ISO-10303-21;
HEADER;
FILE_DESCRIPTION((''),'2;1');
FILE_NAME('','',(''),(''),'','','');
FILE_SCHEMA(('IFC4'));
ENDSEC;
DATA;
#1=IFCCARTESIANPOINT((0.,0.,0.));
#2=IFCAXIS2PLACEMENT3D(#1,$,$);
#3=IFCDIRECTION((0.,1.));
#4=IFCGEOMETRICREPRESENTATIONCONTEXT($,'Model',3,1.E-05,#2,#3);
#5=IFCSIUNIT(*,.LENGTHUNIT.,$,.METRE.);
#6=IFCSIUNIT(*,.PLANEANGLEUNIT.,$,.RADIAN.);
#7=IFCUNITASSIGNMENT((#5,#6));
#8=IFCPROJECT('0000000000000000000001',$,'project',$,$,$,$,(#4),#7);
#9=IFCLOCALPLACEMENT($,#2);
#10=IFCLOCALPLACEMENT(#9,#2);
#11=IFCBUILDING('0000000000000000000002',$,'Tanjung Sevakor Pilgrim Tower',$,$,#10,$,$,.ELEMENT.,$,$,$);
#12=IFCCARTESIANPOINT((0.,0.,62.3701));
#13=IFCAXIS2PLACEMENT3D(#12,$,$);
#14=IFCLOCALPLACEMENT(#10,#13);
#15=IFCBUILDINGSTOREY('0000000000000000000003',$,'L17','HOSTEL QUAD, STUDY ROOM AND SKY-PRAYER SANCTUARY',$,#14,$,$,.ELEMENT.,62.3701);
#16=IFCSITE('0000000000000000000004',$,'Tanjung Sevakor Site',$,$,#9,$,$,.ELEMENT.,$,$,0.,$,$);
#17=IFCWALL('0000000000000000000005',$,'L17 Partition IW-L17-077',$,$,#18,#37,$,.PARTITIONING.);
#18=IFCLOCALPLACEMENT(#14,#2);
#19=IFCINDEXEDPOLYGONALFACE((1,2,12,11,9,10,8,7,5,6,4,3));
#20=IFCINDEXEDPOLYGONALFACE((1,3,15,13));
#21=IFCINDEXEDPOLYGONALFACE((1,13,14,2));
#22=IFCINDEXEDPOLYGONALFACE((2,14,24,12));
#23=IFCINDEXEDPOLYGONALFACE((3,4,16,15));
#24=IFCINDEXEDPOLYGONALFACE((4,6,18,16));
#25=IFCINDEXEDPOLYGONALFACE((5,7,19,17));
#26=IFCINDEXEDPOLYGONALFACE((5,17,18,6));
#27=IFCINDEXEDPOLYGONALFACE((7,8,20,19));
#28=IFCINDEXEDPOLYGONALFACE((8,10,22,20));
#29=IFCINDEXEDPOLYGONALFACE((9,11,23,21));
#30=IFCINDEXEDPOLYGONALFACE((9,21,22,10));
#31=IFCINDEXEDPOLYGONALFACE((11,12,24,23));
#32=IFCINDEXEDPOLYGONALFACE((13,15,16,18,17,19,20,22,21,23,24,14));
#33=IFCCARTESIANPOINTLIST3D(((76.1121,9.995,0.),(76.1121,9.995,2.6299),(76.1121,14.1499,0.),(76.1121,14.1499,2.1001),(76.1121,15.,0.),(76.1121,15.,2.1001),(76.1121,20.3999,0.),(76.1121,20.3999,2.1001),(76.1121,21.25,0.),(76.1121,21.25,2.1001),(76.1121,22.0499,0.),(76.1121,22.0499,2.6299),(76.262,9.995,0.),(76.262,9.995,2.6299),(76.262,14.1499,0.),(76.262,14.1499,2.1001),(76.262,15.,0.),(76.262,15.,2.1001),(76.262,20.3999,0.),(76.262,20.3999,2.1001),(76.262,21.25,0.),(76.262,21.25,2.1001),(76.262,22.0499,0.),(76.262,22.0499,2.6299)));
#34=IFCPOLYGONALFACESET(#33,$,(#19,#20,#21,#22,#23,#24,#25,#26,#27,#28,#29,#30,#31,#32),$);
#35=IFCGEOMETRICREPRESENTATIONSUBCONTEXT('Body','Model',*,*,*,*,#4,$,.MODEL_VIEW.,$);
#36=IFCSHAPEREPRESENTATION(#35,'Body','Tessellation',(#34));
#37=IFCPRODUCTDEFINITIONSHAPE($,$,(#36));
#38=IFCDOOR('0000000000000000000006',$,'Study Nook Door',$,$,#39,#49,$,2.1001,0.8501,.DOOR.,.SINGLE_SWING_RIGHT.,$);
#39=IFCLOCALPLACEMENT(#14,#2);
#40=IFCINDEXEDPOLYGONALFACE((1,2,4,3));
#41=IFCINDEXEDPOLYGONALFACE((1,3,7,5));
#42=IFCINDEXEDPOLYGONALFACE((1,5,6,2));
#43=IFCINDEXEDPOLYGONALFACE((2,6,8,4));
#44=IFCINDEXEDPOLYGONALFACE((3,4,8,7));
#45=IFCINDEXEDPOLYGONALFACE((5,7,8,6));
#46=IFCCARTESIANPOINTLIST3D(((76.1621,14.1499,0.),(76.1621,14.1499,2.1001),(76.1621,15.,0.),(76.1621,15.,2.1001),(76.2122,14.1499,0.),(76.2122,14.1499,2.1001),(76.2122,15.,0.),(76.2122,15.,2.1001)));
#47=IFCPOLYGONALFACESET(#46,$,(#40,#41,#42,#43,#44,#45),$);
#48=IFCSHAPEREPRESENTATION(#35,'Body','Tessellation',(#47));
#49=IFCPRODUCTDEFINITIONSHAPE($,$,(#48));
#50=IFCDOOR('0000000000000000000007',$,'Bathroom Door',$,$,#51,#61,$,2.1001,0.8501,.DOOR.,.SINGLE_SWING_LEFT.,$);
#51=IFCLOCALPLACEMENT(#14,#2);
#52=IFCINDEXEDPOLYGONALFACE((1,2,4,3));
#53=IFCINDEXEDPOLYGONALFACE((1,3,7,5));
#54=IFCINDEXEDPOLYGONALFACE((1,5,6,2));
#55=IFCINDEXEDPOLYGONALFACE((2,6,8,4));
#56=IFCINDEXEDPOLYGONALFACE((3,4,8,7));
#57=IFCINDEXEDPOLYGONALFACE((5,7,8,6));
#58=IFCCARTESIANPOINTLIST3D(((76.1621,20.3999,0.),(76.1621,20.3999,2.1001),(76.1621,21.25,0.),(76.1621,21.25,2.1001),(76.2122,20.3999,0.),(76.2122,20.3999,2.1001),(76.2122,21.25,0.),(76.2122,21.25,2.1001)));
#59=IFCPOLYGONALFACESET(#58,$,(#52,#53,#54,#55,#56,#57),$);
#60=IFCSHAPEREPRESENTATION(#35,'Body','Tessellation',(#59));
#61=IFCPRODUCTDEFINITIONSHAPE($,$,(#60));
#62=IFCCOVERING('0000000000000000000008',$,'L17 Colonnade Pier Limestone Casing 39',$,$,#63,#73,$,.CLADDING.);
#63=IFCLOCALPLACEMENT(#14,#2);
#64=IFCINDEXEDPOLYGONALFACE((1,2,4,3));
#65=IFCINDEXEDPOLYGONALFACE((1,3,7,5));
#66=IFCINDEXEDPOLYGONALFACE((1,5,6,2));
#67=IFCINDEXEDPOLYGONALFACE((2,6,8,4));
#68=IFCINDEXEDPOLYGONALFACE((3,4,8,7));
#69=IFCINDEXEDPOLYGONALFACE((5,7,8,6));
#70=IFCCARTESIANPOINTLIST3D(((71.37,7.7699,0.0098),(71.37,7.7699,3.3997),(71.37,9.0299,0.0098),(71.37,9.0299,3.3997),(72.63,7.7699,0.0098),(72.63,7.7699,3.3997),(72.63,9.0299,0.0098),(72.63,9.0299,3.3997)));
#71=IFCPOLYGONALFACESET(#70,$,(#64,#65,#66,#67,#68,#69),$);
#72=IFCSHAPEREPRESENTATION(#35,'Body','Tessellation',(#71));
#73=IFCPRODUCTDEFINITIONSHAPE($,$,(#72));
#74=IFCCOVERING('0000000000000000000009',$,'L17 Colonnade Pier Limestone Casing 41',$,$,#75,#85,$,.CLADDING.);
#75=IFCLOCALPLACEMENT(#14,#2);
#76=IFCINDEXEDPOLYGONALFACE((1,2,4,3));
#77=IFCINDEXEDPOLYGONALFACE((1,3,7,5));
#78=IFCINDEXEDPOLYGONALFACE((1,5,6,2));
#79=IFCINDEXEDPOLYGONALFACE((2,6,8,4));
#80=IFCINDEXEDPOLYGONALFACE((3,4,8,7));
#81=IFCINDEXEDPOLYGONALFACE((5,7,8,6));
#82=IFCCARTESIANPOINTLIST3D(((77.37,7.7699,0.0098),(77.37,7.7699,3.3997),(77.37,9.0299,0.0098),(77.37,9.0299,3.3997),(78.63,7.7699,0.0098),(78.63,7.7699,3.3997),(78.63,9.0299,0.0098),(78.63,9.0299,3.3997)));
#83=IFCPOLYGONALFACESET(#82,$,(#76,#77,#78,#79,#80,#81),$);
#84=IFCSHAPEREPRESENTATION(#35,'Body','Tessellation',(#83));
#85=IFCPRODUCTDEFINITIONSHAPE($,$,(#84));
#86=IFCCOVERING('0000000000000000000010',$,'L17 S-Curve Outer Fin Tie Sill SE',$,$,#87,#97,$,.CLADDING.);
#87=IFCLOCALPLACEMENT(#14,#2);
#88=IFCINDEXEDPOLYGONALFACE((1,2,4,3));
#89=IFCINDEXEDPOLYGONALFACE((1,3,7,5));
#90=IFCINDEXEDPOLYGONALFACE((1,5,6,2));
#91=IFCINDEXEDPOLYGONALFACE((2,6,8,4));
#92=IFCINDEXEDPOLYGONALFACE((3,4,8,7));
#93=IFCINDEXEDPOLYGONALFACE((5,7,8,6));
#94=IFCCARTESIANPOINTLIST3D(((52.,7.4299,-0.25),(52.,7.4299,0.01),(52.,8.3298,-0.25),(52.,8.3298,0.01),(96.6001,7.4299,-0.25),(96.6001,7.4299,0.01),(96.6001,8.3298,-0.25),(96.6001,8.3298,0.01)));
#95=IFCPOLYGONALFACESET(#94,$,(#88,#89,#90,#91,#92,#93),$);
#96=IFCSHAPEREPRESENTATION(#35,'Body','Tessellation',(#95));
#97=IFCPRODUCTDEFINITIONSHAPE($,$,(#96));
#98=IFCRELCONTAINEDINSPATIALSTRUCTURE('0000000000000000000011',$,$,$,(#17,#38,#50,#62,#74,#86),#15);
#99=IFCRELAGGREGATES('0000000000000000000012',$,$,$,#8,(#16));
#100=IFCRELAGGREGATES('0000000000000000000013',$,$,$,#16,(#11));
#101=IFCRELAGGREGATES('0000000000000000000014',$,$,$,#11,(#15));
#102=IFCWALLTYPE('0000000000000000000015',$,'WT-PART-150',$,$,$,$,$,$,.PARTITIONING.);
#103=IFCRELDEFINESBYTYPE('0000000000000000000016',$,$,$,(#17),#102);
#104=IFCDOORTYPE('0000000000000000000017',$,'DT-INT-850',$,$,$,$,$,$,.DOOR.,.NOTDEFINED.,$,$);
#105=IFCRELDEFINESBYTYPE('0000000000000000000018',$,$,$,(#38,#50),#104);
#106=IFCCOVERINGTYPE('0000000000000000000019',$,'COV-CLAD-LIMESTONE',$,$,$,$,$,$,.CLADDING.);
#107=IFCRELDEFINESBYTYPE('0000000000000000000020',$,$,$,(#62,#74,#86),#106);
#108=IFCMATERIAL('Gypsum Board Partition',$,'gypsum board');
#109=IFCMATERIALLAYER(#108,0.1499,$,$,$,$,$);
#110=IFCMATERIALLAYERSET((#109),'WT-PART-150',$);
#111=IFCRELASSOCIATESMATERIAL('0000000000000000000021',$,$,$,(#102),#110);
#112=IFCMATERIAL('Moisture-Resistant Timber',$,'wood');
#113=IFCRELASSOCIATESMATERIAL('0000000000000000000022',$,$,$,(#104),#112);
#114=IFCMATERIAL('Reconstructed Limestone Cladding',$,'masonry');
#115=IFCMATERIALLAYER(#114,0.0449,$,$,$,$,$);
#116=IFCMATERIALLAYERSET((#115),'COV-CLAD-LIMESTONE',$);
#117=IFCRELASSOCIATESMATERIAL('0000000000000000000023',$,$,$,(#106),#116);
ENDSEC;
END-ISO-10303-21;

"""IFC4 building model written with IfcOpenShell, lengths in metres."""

from ifc_helpers import new_model, si_unit, direction, frame, frame_2d, origin, origin_2d, place, context, subcontext, project, spatial, rectangle, extrude, material, layer, layer_set, type_object, element, fill, save


model = new_model("IFC4")

# Units and contexts
model_context = context("Model", 3, precision=1e-05, world=origin(), true_north=direction((0.0, 1.0)))
body_context = subcontext(model_context, "Body", "Model", "MODEL_VIEW")
ifc_project = project(units=[si_unit("LENGTHUNIT", "METRE"), si_unit("PLANEANGLEUNIT", "RADIAN")], contexts=[model_context])

# Site, building, storey
site_placement = place(None, origin())
site = spatial("IfcSite", under=ifc_project, at=site_placement, Name="Tanjung Sevakor Site", CompositionType="ELEMENT", RefElevation=0.0)
building_placement = place(site_placement, origin())
building = spatial("IfcBuilding", under=site, at=building_placement, Name="Tanjung Sevakor Pilgrim Tower", CompositionType="ELEMENT")
storey_placement = place(building_placement, frame((0.0, 0.0, 62.3701)))
storey = spatial("IfcBuildingStorey", under=building, at=storey_placement, Name="L17", Description="HOSTEL QUAD, STUDY ROOM AND SKY-PRAYER SANCTUARY", CompositionType="ELEMENT", Elevation=62.3701)

# Wall, openings, doors
ifc_material_1 = material(Name="Gypsum Board Partition", Category="gypsum board")
ifc_layer_1 = layer(ifc_material_1, 0.1499)
ifc_layer_set_1 = layer_set([ifc_layer_1], Name="WT-PART-150")
wall_type = type_object("IfcWallType", Name="WT-PART-150", PredefinedType="PARTITIONING", material=ifc_layer_set_1)
wall_placement = place(storey_placement, frame((76.187, 9.9951, 0.0), z_axis=(0.0, 0.0, 1.0), x_axis=(0.0, 1.0, 0.0)))
wall = element("IfcWall", 1, at=wall_placement, inside=storey, type_object=wall_type, Name="L17 Partition IW-L17-077", PredefinedType="PARTITIONING", context=body_context, shape_type="SweptSolid", body=[
    extrude(rectangle(XDim=12.0549, YDim=0.1499, at=frame_2d((6.0273, 0.0))), origin(), (0.0, 0.0, 1.0), 2.6299),
])
opening_1_placement = place(wall_placement, frame((4.1548, 0.0, 0.0)))
opening_1 = element("IfcOpeningElement", 2, at=opening_1_placement, cuts=wall, PredefinedType="OPENING", context=body_context, shape_type="SweptSolid", body=[
    extrude(rectangle(XDim=0.8501, YDim=2.1001, at=frame_2d((0.425, 1.05))), frame((0.0, 0.085, 0.0), z_axis=(0.0, -1.0, 0.0), x_axis=(1.0, 0.0, 0.0)), (0.0, 0.0, 1.0), 0.1699),
])
opening_2_placement = place(wall_placement, frame((10.4048, 0.0, 0.0)))
opening_2 = element("IfcOpeningElement", 3, at=opening_2_placement, cuts=wall, PredefinedType="OPENING", context=body_context, shape_type="SweptSolid", body=[
    extrude(rectangle(XDim=0.8501, YDim=2.1001, at=frame_2d((0.425, 1.05))), frame((0.0, 0.085, 0.0), z_axis=(0.0, -1.0, 0.0), x_axis=(1.0, 0.0, 0.0)), (0.0, 0.0, 1.0), 0.1699),
])
ifc_material_2 = material(Name="Moisture-Resistant Timber", Category="wood")
door_type = type_object("IfcDoorType", Name="DT-INT-850", OperationType="NOTDEFINED", PredefinedType="DOOR", material=ifc_material_2)
door_1_placement = place(opening_1_placement, origin())
door_1 = element("IfcDoor", 4, at=door_1_placement, inside=storey, type_object=door_type, Name="Study Nook Door", OperationType="SINGLE_SWING_RIGHT", OverallHeight=2.1001, OverallWidth=0.8501, PredefinedType="DOOR", context=body_context, shape_type="SweptSolid", body=[
    extrude(rectangle(XDim=0.8501, YDim=2.1001, at=frame_2d((0.425, 1.05))), frame((0.0, 0.0249, 0.0), z_axis=(0.0, -1.0, 0.0), x_axis=(1.0, 0.0, 0.0)), (0.0, 0.0, 1.0), 0.05),
])
fill(opening_1, door_1)
door_2_placement = place(opening_2_placement, origin())
door_2 = element("IfcDoor", 5, at=door_2_placement, inside=storey, type_object=door_type, Name="Bathroom Door", OperationType="SINGLE_SWING_LEFT", OverallHeight=2.1001, OverallWidth=0.8501, PredefinedType="DOOR", context=body_context, shape_type="SweptSolid", body=[
    extrude(rectangle(XDim=0.8501, YDim=2.1001, at=frame_2d((0.425, 1.05))), frame((0.0, 0.0249, 0.0), z_axis=(0.0, -1.0, 0.0), x_axis=(1.0, 0.0, 0.0)), (0.0, 0.0, 1.0), 0.05),
])
fill(opening_2, door_2)

# Coverings
ifc_material_3 = material(Name="Reconstructed Limestone Cladding", Category="masonry")
ifc_layer_2 = layer(ifc_material_3, 0.0449)
ifc_layer_set_2 = layer_set([ifc_layer_2], Name="COV-CLAD-LIMESTONE")
covering_type = type_object("IfcCoveringType", Name="COV-CLAD-LIMESTONE", PredefinedType="CLADDING", material=ifc_layer_set_2)
for number, where, z_axis, x_axis, name in (
    (6, (72.0, 8.3999, 0.0098), (0.0, 0.0, 1.0), (1.0, 0.0, 0.0), "L17 Colonnade Pier Limestone Casing 39"),
    (7, (78.0, 8.3999, 0.0098), (0.0, 0.0, 1.0), (1.0, 0.0, 0.0), "L17 Colonnade Pier Limestone Casing 41"),
):
    element("IfcCovering", number, at=place(storey_placement, frame(where, z_axis=z_axis, x_axis=x_axis)), inside=storey, type_object=covering_type, Name=name, PredefinedType="CLADDING", context=body_context, shape_type="SweptSolid", body=[
        extrude(rectangle(XDim=1.26, YDim=1.26, at=origin_2d()), origin(), (0.0, 0.0, 1.0), 3.3899),
    ])
covering_placement = place(storey_placement, frame((74.3, 7.8799, -0.25), z_axis=(0.0, 0.0, 1.0), x_axis=(1.0, 0.0, 0.0)))
element("IfcCovering", 8, at=covering_placement, inside=storey, type_object=covering_type, Name="L17 S-Curve Outer Fin Tie Sill SE", PredefinedType="CLADDING", context=body_context, shape_type="SweptSolid", body=[
    extrude(rectangle(XDim=44.6001, YDim=0.8999, at=origin_2d()), origin(), (0.0, 0.0, 1.0), 0.26),
])

save(model, "model.ifc")
